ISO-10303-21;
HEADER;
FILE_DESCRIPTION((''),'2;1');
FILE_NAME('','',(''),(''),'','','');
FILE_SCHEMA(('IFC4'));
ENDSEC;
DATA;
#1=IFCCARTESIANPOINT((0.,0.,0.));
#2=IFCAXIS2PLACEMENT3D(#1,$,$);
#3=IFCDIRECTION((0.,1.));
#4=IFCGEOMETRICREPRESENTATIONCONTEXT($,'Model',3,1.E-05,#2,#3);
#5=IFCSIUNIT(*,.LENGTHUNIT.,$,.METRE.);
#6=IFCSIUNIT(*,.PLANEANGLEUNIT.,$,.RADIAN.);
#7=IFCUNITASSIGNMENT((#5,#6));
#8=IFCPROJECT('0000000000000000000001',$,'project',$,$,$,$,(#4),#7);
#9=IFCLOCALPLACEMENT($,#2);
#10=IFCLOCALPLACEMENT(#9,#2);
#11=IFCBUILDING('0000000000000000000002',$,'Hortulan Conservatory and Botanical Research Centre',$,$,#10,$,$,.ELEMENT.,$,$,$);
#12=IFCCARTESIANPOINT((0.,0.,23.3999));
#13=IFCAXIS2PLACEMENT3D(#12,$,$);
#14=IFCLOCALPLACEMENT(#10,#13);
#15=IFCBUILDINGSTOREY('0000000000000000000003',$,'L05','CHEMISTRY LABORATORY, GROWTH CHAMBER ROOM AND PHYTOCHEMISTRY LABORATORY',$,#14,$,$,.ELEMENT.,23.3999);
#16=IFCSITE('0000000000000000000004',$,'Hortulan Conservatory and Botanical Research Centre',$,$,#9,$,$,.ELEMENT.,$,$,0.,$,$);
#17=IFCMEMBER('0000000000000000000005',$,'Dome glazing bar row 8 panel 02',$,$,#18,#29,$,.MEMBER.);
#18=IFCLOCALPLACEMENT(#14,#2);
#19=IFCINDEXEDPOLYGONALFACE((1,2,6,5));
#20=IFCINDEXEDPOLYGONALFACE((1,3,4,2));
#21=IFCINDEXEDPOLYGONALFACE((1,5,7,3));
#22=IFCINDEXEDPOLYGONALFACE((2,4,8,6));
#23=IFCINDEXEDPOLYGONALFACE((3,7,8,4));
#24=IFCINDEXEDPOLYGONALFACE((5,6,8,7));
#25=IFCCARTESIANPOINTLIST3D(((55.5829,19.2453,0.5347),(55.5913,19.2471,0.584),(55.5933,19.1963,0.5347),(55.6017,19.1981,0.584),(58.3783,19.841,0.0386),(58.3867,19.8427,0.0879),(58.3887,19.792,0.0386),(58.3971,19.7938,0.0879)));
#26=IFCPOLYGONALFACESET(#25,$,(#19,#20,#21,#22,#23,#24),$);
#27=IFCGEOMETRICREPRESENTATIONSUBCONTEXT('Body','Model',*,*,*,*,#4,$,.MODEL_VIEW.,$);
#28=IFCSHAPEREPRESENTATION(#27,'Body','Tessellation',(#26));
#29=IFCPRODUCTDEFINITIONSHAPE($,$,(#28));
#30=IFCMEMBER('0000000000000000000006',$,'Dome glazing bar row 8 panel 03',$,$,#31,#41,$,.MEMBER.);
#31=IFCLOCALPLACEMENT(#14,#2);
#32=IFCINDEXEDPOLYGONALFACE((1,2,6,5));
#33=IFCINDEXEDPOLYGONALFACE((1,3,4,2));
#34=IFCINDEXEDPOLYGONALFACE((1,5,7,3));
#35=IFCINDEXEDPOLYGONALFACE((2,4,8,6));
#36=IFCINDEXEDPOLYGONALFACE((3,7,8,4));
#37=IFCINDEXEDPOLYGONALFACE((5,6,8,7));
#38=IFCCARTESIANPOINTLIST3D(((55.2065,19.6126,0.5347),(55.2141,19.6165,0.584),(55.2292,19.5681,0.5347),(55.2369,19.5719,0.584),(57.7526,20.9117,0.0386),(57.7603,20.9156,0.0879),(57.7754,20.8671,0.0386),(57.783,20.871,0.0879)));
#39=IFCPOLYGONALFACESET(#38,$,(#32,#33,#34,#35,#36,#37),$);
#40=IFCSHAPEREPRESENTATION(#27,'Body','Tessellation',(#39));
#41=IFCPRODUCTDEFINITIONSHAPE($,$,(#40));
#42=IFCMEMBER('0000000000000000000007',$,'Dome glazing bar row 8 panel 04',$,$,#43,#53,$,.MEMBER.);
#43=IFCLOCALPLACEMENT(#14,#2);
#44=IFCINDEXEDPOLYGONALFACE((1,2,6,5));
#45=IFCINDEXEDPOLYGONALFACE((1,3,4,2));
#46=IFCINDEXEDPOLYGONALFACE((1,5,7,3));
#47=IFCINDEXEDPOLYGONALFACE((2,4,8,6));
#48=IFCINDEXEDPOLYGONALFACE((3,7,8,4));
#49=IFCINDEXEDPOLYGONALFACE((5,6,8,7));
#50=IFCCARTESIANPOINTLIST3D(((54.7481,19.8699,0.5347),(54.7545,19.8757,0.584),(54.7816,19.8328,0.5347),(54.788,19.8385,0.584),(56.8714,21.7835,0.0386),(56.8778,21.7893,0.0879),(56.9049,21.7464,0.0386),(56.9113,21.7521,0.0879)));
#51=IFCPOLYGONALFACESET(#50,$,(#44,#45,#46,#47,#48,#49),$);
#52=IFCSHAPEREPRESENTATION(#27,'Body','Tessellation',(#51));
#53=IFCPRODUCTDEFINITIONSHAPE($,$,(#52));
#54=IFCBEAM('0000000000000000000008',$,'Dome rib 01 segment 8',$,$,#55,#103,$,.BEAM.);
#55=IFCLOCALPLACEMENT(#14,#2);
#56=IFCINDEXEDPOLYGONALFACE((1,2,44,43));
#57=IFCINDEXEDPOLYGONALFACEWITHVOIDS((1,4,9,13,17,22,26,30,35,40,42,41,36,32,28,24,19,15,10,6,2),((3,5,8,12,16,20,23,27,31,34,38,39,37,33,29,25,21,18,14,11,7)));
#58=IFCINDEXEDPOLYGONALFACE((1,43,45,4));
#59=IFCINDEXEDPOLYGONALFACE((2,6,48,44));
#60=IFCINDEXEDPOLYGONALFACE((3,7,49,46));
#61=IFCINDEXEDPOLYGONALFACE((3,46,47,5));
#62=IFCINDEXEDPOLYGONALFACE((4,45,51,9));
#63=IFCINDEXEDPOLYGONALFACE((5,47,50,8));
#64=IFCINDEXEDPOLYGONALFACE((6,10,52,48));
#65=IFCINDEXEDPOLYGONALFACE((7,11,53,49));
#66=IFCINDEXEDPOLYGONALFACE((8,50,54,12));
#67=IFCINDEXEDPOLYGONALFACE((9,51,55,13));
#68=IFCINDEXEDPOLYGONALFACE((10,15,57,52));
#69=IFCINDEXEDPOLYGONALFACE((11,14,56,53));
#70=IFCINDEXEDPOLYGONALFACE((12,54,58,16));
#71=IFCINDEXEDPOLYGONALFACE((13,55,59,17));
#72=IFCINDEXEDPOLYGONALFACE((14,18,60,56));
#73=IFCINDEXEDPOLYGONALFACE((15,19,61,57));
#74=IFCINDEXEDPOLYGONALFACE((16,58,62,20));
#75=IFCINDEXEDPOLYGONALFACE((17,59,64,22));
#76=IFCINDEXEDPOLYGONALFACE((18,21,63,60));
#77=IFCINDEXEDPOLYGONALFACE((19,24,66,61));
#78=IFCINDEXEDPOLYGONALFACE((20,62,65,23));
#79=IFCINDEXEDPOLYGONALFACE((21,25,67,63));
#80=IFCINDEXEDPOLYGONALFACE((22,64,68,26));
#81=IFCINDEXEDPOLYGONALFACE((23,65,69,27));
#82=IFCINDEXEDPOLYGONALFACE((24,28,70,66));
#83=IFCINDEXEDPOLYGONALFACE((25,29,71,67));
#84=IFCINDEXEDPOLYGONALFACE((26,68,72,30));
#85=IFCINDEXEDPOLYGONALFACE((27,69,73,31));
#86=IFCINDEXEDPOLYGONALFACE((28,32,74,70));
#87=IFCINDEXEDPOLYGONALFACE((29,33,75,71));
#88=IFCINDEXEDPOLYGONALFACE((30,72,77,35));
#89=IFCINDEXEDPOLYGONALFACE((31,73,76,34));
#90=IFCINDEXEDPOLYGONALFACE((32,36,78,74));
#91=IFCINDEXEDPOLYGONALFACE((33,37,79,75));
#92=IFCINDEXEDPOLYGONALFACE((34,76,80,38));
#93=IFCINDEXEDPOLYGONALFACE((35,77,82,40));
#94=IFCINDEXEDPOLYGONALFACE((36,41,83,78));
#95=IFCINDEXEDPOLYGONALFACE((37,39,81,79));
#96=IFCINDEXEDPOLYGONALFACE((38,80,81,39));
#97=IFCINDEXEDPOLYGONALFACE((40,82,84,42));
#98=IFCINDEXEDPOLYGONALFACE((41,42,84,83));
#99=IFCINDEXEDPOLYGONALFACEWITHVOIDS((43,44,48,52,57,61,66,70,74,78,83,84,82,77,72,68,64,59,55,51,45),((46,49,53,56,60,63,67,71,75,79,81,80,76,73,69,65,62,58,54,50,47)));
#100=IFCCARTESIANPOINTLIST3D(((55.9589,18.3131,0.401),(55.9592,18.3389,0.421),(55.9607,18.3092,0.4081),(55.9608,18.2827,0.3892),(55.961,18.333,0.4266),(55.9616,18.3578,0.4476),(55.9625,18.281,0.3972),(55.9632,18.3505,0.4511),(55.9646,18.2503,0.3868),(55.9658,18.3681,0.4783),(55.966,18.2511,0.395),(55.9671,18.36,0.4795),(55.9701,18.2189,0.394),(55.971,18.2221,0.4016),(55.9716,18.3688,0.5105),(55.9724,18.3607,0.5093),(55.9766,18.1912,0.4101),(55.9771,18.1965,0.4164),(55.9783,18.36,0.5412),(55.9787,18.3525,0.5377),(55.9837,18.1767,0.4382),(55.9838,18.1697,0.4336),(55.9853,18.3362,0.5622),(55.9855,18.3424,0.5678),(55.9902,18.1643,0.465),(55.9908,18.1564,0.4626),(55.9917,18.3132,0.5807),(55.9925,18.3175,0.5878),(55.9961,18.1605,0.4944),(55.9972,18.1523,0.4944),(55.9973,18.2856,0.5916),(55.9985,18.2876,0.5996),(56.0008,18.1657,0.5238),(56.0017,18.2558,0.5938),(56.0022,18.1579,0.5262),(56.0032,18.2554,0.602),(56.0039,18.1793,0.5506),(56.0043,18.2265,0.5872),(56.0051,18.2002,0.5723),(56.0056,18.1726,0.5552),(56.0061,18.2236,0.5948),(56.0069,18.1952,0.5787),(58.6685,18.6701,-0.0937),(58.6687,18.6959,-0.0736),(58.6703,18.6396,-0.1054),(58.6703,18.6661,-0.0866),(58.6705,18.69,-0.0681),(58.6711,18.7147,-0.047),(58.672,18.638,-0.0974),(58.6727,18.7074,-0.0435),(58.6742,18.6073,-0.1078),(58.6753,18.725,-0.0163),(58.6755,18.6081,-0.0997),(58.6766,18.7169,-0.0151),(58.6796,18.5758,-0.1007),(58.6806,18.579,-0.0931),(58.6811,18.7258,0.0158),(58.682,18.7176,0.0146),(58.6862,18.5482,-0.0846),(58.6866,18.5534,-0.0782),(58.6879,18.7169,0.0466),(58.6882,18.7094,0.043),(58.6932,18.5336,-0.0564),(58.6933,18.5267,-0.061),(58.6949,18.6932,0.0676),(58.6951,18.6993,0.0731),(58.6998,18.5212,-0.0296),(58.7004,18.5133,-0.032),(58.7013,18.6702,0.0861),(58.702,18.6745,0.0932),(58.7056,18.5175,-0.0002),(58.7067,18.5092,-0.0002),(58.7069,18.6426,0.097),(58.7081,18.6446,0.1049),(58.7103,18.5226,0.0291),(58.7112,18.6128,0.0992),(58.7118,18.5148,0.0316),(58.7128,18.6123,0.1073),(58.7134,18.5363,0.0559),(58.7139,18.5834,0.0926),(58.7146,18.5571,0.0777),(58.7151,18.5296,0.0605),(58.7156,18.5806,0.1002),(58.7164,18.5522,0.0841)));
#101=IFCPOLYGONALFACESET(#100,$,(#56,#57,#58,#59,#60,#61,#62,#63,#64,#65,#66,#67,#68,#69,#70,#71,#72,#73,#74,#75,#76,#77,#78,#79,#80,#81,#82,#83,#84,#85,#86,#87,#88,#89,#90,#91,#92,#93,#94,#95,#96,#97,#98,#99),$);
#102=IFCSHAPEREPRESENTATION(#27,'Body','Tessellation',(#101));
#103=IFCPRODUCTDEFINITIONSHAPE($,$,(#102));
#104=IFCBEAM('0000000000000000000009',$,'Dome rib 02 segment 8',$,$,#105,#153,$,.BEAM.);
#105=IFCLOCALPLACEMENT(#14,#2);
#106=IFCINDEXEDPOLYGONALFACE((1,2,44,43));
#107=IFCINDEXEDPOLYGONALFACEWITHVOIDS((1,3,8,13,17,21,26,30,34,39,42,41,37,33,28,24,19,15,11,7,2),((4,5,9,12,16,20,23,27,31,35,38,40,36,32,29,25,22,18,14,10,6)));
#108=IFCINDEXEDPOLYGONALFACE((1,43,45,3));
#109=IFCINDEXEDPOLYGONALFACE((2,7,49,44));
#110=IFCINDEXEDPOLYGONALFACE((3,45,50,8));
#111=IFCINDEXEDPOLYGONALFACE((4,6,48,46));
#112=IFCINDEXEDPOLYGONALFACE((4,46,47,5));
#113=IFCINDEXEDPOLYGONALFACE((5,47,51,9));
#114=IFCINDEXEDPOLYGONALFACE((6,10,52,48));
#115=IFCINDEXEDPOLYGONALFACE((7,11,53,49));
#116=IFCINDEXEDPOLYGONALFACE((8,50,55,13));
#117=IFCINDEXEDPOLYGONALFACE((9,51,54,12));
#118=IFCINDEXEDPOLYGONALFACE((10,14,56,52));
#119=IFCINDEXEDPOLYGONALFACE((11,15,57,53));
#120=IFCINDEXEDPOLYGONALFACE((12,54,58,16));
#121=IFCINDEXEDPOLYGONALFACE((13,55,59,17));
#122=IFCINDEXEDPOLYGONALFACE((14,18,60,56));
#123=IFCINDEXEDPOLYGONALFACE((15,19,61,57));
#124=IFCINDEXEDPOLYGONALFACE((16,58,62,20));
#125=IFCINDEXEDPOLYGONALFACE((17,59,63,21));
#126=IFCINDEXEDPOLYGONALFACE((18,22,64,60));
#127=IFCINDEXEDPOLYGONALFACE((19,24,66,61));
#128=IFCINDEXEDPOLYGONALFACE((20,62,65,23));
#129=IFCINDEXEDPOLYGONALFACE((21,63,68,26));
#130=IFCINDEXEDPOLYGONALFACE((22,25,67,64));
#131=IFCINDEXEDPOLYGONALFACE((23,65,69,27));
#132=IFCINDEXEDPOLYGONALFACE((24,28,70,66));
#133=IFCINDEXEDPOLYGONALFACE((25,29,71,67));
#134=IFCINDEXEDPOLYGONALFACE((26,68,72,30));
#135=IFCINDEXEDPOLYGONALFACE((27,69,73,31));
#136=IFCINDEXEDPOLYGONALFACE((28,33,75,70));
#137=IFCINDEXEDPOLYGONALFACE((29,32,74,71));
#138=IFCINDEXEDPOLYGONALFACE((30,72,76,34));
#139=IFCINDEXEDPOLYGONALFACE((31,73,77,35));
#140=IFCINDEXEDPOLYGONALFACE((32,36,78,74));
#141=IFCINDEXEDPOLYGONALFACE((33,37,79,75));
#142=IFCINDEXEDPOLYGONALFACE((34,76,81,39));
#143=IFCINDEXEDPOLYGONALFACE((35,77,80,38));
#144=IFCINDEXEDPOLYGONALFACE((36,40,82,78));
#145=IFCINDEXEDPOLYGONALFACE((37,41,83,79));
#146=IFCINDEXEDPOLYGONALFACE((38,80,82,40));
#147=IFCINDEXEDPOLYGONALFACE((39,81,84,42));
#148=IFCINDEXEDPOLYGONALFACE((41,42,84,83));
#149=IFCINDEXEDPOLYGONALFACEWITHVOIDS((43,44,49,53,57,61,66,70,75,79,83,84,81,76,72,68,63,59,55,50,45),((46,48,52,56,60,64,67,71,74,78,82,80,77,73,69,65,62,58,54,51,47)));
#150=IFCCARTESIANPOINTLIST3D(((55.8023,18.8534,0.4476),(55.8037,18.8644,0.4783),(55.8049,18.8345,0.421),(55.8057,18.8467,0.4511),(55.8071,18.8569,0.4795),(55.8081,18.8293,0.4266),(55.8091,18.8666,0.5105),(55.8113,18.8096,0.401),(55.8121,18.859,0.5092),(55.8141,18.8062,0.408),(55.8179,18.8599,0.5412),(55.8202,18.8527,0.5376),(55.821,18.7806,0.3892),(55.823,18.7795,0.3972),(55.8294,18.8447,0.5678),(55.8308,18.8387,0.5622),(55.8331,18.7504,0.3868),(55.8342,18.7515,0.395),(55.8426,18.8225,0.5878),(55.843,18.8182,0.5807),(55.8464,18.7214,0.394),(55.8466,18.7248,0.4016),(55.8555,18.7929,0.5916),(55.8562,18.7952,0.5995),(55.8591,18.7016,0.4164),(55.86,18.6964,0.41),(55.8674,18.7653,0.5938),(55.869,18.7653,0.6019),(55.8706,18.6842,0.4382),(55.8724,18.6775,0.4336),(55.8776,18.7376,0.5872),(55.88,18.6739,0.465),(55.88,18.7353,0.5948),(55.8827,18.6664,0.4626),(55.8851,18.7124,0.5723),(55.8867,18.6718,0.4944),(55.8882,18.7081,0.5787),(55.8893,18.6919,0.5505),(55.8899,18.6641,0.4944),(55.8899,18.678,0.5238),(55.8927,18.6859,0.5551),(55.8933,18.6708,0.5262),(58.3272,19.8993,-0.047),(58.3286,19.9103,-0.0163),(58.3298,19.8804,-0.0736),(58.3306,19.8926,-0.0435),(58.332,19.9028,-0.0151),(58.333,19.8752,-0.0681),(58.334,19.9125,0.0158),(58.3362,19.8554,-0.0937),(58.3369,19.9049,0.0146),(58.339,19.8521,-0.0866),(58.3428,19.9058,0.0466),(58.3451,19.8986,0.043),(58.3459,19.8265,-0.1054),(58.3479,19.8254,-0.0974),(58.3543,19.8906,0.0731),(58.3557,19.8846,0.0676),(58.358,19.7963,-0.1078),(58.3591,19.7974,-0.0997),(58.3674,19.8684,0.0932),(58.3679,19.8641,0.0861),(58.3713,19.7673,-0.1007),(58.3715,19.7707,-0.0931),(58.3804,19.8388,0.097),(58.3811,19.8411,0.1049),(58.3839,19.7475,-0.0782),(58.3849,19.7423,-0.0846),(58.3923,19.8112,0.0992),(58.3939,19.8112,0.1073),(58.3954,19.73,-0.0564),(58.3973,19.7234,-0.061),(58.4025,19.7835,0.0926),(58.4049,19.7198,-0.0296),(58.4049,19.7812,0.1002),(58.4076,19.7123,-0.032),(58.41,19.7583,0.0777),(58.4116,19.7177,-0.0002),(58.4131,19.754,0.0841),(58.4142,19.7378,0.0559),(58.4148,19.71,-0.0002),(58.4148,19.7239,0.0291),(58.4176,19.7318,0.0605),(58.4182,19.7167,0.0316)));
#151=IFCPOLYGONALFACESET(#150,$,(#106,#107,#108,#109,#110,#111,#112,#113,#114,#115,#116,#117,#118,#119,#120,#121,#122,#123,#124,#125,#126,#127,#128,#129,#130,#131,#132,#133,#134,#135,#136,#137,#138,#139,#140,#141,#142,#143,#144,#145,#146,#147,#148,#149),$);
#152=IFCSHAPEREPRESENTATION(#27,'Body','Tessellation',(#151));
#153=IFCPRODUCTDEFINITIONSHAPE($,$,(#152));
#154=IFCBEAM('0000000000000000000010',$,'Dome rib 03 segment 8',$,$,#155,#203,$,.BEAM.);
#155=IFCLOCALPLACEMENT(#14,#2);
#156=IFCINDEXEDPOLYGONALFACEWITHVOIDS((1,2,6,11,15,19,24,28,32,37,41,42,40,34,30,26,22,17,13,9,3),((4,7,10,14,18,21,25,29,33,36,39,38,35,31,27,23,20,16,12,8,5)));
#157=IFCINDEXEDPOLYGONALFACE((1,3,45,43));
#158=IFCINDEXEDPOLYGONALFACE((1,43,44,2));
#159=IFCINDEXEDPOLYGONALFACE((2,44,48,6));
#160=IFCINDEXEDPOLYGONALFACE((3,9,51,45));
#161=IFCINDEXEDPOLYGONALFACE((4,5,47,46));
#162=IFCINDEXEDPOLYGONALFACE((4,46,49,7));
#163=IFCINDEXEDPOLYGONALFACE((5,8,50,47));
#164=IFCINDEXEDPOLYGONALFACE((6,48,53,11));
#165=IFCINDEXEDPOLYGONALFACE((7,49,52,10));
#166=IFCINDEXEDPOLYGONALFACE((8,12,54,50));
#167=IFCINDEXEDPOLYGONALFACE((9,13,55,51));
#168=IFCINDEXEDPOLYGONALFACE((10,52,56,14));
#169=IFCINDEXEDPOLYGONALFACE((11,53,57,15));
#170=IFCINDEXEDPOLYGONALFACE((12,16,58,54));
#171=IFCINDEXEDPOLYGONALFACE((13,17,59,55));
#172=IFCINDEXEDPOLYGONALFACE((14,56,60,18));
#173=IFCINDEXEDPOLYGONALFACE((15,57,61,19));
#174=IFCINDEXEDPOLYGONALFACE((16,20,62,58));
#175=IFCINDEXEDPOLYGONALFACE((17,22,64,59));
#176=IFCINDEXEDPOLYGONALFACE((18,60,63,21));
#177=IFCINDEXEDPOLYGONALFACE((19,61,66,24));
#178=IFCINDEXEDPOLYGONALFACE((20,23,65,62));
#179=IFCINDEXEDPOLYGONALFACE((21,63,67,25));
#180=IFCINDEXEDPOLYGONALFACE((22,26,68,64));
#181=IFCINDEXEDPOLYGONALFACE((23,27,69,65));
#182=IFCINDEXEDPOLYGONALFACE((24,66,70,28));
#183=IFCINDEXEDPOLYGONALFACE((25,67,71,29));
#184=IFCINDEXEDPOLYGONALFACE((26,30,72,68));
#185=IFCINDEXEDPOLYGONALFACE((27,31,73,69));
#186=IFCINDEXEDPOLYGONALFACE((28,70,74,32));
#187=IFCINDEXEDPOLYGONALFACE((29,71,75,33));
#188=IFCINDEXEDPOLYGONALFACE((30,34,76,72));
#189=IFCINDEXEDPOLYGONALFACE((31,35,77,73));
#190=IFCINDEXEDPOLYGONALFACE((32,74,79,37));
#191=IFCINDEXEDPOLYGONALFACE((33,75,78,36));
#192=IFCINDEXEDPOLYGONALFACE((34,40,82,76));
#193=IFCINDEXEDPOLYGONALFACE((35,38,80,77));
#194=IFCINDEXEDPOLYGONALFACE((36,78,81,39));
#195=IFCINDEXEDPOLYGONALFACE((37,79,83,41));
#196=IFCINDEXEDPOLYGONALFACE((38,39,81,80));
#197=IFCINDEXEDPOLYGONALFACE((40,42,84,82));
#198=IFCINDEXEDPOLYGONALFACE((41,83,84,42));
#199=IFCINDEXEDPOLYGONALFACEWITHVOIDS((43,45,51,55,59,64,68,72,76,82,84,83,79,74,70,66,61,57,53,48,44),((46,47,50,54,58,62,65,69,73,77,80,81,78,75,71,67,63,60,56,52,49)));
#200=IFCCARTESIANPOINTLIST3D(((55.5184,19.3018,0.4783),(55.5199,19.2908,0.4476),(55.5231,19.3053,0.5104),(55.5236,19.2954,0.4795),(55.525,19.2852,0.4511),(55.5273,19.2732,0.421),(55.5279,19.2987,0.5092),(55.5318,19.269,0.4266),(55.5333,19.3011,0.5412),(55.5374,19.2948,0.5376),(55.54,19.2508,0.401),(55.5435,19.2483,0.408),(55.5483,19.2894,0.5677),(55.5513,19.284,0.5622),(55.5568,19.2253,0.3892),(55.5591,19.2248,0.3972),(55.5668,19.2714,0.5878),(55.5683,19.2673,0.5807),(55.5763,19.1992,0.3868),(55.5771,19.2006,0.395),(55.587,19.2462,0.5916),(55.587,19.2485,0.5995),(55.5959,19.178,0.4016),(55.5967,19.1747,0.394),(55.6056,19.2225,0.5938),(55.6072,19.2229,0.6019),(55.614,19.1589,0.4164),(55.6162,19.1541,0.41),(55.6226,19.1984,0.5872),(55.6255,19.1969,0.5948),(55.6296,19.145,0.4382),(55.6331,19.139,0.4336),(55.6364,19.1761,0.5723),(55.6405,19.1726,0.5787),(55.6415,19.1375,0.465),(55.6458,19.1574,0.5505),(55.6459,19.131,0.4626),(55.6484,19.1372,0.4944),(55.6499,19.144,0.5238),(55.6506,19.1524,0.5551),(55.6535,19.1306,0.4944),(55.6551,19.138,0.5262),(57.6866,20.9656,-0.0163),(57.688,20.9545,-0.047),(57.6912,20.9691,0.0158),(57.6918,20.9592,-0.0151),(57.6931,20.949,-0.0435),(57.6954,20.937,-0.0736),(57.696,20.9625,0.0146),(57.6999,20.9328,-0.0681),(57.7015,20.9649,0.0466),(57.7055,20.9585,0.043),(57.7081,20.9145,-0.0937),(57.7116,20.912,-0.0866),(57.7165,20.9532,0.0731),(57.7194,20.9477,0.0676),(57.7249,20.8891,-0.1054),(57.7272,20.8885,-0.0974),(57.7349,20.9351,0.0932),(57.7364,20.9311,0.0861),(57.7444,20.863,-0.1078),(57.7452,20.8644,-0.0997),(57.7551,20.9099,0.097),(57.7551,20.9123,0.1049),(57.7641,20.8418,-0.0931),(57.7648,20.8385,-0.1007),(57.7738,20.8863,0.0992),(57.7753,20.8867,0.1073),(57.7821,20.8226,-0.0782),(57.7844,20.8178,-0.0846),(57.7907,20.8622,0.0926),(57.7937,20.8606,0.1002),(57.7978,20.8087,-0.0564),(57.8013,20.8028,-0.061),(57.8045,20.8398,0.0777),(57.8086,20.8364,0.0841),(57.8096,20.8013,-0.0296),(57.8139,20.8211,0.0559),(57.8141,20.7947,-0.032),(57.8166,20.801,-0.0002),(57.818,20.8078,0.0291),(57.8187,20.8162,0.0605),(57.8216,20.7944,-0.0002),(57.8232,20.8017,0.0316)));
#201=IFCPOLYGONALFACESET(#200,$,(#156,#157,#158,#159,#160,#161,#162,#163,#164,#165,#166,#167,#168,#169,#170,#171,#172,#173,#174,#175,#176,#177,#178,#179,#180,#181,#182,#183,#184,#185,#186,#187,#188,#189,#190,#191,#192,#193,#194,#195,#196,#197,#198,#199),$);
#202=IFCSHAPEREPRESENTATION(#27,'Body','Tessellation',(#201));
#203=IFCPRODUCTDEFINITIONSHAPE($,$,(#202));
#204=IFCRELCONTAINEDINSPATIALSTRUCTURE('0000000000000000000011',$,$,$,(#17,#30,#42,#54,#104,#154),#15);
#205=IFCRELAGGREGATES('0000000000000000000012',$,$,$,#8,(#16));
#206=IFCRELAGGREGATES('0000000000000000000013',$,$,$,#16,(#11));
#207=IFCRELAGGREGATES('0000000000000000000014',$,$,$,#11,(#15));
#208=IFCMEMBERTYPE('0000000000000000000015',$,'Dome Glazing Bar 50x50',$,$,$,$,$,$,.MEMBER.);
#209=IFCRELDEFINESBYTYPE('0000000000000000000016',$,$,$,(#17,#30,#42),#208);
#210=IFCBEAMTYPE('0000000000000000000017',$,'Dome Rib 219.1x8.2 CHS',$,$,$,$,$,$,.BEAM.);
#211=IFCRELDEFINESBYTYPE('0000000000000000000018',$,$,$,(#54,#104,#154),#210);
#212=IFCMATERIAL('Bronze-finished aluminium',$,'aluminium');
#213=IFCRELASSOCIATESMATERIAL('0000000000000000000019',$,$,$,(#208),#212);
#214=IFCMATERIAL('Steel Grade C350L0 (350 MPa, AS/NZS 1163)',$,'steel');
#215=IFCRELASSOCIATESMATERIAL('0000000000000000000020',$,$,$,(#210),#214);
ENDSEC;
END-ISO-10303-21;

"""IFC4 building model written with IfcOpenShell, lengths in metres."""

from ifc_helpers import new_model, si_unit, direction, frame, origin, origin_2d, place, context, subcontext, project, spatial, rectangle, hollow_circle, extrude, material, material_profile, profile_set, type_object, element, save


model = new_model("IFC4")

# Units and contexts
model_context = context("Model", 3, precision=1e-05, world=origin(), true_north=direction((0.0, 1.0)))
body_context = subcontext(model_context, "Body", "Model", "MODEL_VIEW")
ifc_project = project(units=[si_unit("LENGTHUNIT", "METRE"), si_unit("PLANEANGLEUNIT", "RADIAN")], contexts=[model_context])

# Site, building, storey
site_placement = place(None, origin())
site = spatial("IfcSite", under=ifc_project, at=site_placement, Name="Hortulan Conservatory and Botanical Research Centre", CompositionType="ELEMENT", RefElevation=0.0)
building_placement = place(site_placement, origin())
building = spatial("IfcBuilding", under=site, at=building_placement, Name="Hortulan Conservatory and Botanical Research Centre", CompositionType="ELEMENT")
storey_placement = place(building_placement, frame((0.0, 0.0, 23.3999)))
storey = spatial("IfcBuildingStorey", under=building, at=storey_placement, Name="L05", Description="CHEMISTRY LABORATORY, GROWTH CHAMBER ROOM AND PHYTOCHEMISTRY LABORATORY", CompositionType="ELEMENT", Elevation=23.3999)

# Members
ifc_material_1 = material(Name="Steel Grade C350L0 (350 MPa, AS/NZS 1163)", Category="steel")
ifc_material_2 = material(Name="Bronze-finished aluminium", Category="aluminium")
ifc_material_profile_1 = material_profile(ifc_material_2, rectangle(XDim=0.05, YDim=0.05, at=origin_2d()), Name="Square bar 50x50")
ifc_profile_set_1 = profile_set([ifc_material_profile_1], Name="Bronze-finished aluminium")
member_type_1 = type_object("IfcMemberType", Name="Dome Glazing Bar 50x50", PredefinedType="MEMBER", material=ifc_profile_set_1)
member_1_placement = place(storey_placement, frame((58.3877, 19.8174, 0.0632), z_axis=(-0.963632, -0.20535, 0.171013), x_axis=(0.208421, -0.978039, 0.0)))
element("IfcMember", 1, at=member_1_placement, inside=storey, type_object=member_type_1, Name="Dome glazing bar row 8 panel 02", PredefinedType="MEMBER", context=body_context, shape_type="SweptSolid", body=[
    extrude(rectangle(XDim=0.05, YDim=0.05, at=origin_2d()), origin(), (0.0, 0.0, 1.0), 2.9009),
])
for number, where, z_axis, x_axis, name in (
    (2, (57.7678, 20.8914, 0.0632), (-0.877639, -0.447782, 0.171), (0.454476, -0.890759, 0.0), "Dome glazing bar row 8 panel 03"),
    (3, (56.8914, 21.7678, 0.0632), (-0.731898, -0.659609, 0.171003), (0.66947, -0.74284, 0.0), "Dome glazing bar row 8 panel 04"),
):
    element("IfcMember", number, at=place(storey_placement, frame(where, z_axis=z_axis, x_axis=x_axis)), inside=storey, type_object=member_type_1, Name=name, PredefinedType="MEMBER", context=body_context, shape_type="SweptSolid", body=[
        extrude(rectangle(XDim=0.05, YDim=0.05, at=origin_2d()), origin(), (0.0, 0.0, 1.0), 2.9011),
    ])

# Beams
ifc_material_profile_2 = material_profile(ifc_material_1, hollow_circle(Radius=0.1096, WallThickness=0.0083, at=origin_2d()), Name="219.1x8.2CHS")
ifc_profile_set_2 = profile_set([ifc_material_profile_2], Name="Steel Grade C350L0 (350 MPa, AS/NZS 1163)")
beam_type = type_object("IfcBeamType", Name="Dome Rib 219.1x8.2 CHS", PredefinedType="BEAM", material=ifc_profile_set_2)
for number, where, z_axis, x_axis, name in (
    (4, (58.6924, 18.6179, -0.0002), (-0.975584, -0.128519, 0.178098), (0.130607, -0.991434, 0.0), "Dome rib 01 segment 8"),
    (5, (58.3728, 19.8113, -0.0002), (-0.909104, -0.376581, 0.178094), (0.382699, -0.923873, 0.0), "Dome rib 02 segment 8"),
    (6, (57.7549, 20.8813, -0.0002), (-0.780655, -0.59905, 0.178089), (0.608782, -0.793337, 0.0), "Dome rib 03 segment 8"),
):
    element("IfcBeam", number, at=place(storey_placement, frame(where, z_axis=z_axis, x_axis=x_axis)), inside=storey, type_object=beam_type, Name=name, PredefinedType="BEAM", context=body_context, shape_type="SweptSolid", body=[
        extrude(hollow_circle(Radius=0.1096, WallThickness=0.0083, at=origin_2d()), origin(), (0.0, 0.0, 1.0), 2.7773),
    ])

save(model, "model.ifc")
